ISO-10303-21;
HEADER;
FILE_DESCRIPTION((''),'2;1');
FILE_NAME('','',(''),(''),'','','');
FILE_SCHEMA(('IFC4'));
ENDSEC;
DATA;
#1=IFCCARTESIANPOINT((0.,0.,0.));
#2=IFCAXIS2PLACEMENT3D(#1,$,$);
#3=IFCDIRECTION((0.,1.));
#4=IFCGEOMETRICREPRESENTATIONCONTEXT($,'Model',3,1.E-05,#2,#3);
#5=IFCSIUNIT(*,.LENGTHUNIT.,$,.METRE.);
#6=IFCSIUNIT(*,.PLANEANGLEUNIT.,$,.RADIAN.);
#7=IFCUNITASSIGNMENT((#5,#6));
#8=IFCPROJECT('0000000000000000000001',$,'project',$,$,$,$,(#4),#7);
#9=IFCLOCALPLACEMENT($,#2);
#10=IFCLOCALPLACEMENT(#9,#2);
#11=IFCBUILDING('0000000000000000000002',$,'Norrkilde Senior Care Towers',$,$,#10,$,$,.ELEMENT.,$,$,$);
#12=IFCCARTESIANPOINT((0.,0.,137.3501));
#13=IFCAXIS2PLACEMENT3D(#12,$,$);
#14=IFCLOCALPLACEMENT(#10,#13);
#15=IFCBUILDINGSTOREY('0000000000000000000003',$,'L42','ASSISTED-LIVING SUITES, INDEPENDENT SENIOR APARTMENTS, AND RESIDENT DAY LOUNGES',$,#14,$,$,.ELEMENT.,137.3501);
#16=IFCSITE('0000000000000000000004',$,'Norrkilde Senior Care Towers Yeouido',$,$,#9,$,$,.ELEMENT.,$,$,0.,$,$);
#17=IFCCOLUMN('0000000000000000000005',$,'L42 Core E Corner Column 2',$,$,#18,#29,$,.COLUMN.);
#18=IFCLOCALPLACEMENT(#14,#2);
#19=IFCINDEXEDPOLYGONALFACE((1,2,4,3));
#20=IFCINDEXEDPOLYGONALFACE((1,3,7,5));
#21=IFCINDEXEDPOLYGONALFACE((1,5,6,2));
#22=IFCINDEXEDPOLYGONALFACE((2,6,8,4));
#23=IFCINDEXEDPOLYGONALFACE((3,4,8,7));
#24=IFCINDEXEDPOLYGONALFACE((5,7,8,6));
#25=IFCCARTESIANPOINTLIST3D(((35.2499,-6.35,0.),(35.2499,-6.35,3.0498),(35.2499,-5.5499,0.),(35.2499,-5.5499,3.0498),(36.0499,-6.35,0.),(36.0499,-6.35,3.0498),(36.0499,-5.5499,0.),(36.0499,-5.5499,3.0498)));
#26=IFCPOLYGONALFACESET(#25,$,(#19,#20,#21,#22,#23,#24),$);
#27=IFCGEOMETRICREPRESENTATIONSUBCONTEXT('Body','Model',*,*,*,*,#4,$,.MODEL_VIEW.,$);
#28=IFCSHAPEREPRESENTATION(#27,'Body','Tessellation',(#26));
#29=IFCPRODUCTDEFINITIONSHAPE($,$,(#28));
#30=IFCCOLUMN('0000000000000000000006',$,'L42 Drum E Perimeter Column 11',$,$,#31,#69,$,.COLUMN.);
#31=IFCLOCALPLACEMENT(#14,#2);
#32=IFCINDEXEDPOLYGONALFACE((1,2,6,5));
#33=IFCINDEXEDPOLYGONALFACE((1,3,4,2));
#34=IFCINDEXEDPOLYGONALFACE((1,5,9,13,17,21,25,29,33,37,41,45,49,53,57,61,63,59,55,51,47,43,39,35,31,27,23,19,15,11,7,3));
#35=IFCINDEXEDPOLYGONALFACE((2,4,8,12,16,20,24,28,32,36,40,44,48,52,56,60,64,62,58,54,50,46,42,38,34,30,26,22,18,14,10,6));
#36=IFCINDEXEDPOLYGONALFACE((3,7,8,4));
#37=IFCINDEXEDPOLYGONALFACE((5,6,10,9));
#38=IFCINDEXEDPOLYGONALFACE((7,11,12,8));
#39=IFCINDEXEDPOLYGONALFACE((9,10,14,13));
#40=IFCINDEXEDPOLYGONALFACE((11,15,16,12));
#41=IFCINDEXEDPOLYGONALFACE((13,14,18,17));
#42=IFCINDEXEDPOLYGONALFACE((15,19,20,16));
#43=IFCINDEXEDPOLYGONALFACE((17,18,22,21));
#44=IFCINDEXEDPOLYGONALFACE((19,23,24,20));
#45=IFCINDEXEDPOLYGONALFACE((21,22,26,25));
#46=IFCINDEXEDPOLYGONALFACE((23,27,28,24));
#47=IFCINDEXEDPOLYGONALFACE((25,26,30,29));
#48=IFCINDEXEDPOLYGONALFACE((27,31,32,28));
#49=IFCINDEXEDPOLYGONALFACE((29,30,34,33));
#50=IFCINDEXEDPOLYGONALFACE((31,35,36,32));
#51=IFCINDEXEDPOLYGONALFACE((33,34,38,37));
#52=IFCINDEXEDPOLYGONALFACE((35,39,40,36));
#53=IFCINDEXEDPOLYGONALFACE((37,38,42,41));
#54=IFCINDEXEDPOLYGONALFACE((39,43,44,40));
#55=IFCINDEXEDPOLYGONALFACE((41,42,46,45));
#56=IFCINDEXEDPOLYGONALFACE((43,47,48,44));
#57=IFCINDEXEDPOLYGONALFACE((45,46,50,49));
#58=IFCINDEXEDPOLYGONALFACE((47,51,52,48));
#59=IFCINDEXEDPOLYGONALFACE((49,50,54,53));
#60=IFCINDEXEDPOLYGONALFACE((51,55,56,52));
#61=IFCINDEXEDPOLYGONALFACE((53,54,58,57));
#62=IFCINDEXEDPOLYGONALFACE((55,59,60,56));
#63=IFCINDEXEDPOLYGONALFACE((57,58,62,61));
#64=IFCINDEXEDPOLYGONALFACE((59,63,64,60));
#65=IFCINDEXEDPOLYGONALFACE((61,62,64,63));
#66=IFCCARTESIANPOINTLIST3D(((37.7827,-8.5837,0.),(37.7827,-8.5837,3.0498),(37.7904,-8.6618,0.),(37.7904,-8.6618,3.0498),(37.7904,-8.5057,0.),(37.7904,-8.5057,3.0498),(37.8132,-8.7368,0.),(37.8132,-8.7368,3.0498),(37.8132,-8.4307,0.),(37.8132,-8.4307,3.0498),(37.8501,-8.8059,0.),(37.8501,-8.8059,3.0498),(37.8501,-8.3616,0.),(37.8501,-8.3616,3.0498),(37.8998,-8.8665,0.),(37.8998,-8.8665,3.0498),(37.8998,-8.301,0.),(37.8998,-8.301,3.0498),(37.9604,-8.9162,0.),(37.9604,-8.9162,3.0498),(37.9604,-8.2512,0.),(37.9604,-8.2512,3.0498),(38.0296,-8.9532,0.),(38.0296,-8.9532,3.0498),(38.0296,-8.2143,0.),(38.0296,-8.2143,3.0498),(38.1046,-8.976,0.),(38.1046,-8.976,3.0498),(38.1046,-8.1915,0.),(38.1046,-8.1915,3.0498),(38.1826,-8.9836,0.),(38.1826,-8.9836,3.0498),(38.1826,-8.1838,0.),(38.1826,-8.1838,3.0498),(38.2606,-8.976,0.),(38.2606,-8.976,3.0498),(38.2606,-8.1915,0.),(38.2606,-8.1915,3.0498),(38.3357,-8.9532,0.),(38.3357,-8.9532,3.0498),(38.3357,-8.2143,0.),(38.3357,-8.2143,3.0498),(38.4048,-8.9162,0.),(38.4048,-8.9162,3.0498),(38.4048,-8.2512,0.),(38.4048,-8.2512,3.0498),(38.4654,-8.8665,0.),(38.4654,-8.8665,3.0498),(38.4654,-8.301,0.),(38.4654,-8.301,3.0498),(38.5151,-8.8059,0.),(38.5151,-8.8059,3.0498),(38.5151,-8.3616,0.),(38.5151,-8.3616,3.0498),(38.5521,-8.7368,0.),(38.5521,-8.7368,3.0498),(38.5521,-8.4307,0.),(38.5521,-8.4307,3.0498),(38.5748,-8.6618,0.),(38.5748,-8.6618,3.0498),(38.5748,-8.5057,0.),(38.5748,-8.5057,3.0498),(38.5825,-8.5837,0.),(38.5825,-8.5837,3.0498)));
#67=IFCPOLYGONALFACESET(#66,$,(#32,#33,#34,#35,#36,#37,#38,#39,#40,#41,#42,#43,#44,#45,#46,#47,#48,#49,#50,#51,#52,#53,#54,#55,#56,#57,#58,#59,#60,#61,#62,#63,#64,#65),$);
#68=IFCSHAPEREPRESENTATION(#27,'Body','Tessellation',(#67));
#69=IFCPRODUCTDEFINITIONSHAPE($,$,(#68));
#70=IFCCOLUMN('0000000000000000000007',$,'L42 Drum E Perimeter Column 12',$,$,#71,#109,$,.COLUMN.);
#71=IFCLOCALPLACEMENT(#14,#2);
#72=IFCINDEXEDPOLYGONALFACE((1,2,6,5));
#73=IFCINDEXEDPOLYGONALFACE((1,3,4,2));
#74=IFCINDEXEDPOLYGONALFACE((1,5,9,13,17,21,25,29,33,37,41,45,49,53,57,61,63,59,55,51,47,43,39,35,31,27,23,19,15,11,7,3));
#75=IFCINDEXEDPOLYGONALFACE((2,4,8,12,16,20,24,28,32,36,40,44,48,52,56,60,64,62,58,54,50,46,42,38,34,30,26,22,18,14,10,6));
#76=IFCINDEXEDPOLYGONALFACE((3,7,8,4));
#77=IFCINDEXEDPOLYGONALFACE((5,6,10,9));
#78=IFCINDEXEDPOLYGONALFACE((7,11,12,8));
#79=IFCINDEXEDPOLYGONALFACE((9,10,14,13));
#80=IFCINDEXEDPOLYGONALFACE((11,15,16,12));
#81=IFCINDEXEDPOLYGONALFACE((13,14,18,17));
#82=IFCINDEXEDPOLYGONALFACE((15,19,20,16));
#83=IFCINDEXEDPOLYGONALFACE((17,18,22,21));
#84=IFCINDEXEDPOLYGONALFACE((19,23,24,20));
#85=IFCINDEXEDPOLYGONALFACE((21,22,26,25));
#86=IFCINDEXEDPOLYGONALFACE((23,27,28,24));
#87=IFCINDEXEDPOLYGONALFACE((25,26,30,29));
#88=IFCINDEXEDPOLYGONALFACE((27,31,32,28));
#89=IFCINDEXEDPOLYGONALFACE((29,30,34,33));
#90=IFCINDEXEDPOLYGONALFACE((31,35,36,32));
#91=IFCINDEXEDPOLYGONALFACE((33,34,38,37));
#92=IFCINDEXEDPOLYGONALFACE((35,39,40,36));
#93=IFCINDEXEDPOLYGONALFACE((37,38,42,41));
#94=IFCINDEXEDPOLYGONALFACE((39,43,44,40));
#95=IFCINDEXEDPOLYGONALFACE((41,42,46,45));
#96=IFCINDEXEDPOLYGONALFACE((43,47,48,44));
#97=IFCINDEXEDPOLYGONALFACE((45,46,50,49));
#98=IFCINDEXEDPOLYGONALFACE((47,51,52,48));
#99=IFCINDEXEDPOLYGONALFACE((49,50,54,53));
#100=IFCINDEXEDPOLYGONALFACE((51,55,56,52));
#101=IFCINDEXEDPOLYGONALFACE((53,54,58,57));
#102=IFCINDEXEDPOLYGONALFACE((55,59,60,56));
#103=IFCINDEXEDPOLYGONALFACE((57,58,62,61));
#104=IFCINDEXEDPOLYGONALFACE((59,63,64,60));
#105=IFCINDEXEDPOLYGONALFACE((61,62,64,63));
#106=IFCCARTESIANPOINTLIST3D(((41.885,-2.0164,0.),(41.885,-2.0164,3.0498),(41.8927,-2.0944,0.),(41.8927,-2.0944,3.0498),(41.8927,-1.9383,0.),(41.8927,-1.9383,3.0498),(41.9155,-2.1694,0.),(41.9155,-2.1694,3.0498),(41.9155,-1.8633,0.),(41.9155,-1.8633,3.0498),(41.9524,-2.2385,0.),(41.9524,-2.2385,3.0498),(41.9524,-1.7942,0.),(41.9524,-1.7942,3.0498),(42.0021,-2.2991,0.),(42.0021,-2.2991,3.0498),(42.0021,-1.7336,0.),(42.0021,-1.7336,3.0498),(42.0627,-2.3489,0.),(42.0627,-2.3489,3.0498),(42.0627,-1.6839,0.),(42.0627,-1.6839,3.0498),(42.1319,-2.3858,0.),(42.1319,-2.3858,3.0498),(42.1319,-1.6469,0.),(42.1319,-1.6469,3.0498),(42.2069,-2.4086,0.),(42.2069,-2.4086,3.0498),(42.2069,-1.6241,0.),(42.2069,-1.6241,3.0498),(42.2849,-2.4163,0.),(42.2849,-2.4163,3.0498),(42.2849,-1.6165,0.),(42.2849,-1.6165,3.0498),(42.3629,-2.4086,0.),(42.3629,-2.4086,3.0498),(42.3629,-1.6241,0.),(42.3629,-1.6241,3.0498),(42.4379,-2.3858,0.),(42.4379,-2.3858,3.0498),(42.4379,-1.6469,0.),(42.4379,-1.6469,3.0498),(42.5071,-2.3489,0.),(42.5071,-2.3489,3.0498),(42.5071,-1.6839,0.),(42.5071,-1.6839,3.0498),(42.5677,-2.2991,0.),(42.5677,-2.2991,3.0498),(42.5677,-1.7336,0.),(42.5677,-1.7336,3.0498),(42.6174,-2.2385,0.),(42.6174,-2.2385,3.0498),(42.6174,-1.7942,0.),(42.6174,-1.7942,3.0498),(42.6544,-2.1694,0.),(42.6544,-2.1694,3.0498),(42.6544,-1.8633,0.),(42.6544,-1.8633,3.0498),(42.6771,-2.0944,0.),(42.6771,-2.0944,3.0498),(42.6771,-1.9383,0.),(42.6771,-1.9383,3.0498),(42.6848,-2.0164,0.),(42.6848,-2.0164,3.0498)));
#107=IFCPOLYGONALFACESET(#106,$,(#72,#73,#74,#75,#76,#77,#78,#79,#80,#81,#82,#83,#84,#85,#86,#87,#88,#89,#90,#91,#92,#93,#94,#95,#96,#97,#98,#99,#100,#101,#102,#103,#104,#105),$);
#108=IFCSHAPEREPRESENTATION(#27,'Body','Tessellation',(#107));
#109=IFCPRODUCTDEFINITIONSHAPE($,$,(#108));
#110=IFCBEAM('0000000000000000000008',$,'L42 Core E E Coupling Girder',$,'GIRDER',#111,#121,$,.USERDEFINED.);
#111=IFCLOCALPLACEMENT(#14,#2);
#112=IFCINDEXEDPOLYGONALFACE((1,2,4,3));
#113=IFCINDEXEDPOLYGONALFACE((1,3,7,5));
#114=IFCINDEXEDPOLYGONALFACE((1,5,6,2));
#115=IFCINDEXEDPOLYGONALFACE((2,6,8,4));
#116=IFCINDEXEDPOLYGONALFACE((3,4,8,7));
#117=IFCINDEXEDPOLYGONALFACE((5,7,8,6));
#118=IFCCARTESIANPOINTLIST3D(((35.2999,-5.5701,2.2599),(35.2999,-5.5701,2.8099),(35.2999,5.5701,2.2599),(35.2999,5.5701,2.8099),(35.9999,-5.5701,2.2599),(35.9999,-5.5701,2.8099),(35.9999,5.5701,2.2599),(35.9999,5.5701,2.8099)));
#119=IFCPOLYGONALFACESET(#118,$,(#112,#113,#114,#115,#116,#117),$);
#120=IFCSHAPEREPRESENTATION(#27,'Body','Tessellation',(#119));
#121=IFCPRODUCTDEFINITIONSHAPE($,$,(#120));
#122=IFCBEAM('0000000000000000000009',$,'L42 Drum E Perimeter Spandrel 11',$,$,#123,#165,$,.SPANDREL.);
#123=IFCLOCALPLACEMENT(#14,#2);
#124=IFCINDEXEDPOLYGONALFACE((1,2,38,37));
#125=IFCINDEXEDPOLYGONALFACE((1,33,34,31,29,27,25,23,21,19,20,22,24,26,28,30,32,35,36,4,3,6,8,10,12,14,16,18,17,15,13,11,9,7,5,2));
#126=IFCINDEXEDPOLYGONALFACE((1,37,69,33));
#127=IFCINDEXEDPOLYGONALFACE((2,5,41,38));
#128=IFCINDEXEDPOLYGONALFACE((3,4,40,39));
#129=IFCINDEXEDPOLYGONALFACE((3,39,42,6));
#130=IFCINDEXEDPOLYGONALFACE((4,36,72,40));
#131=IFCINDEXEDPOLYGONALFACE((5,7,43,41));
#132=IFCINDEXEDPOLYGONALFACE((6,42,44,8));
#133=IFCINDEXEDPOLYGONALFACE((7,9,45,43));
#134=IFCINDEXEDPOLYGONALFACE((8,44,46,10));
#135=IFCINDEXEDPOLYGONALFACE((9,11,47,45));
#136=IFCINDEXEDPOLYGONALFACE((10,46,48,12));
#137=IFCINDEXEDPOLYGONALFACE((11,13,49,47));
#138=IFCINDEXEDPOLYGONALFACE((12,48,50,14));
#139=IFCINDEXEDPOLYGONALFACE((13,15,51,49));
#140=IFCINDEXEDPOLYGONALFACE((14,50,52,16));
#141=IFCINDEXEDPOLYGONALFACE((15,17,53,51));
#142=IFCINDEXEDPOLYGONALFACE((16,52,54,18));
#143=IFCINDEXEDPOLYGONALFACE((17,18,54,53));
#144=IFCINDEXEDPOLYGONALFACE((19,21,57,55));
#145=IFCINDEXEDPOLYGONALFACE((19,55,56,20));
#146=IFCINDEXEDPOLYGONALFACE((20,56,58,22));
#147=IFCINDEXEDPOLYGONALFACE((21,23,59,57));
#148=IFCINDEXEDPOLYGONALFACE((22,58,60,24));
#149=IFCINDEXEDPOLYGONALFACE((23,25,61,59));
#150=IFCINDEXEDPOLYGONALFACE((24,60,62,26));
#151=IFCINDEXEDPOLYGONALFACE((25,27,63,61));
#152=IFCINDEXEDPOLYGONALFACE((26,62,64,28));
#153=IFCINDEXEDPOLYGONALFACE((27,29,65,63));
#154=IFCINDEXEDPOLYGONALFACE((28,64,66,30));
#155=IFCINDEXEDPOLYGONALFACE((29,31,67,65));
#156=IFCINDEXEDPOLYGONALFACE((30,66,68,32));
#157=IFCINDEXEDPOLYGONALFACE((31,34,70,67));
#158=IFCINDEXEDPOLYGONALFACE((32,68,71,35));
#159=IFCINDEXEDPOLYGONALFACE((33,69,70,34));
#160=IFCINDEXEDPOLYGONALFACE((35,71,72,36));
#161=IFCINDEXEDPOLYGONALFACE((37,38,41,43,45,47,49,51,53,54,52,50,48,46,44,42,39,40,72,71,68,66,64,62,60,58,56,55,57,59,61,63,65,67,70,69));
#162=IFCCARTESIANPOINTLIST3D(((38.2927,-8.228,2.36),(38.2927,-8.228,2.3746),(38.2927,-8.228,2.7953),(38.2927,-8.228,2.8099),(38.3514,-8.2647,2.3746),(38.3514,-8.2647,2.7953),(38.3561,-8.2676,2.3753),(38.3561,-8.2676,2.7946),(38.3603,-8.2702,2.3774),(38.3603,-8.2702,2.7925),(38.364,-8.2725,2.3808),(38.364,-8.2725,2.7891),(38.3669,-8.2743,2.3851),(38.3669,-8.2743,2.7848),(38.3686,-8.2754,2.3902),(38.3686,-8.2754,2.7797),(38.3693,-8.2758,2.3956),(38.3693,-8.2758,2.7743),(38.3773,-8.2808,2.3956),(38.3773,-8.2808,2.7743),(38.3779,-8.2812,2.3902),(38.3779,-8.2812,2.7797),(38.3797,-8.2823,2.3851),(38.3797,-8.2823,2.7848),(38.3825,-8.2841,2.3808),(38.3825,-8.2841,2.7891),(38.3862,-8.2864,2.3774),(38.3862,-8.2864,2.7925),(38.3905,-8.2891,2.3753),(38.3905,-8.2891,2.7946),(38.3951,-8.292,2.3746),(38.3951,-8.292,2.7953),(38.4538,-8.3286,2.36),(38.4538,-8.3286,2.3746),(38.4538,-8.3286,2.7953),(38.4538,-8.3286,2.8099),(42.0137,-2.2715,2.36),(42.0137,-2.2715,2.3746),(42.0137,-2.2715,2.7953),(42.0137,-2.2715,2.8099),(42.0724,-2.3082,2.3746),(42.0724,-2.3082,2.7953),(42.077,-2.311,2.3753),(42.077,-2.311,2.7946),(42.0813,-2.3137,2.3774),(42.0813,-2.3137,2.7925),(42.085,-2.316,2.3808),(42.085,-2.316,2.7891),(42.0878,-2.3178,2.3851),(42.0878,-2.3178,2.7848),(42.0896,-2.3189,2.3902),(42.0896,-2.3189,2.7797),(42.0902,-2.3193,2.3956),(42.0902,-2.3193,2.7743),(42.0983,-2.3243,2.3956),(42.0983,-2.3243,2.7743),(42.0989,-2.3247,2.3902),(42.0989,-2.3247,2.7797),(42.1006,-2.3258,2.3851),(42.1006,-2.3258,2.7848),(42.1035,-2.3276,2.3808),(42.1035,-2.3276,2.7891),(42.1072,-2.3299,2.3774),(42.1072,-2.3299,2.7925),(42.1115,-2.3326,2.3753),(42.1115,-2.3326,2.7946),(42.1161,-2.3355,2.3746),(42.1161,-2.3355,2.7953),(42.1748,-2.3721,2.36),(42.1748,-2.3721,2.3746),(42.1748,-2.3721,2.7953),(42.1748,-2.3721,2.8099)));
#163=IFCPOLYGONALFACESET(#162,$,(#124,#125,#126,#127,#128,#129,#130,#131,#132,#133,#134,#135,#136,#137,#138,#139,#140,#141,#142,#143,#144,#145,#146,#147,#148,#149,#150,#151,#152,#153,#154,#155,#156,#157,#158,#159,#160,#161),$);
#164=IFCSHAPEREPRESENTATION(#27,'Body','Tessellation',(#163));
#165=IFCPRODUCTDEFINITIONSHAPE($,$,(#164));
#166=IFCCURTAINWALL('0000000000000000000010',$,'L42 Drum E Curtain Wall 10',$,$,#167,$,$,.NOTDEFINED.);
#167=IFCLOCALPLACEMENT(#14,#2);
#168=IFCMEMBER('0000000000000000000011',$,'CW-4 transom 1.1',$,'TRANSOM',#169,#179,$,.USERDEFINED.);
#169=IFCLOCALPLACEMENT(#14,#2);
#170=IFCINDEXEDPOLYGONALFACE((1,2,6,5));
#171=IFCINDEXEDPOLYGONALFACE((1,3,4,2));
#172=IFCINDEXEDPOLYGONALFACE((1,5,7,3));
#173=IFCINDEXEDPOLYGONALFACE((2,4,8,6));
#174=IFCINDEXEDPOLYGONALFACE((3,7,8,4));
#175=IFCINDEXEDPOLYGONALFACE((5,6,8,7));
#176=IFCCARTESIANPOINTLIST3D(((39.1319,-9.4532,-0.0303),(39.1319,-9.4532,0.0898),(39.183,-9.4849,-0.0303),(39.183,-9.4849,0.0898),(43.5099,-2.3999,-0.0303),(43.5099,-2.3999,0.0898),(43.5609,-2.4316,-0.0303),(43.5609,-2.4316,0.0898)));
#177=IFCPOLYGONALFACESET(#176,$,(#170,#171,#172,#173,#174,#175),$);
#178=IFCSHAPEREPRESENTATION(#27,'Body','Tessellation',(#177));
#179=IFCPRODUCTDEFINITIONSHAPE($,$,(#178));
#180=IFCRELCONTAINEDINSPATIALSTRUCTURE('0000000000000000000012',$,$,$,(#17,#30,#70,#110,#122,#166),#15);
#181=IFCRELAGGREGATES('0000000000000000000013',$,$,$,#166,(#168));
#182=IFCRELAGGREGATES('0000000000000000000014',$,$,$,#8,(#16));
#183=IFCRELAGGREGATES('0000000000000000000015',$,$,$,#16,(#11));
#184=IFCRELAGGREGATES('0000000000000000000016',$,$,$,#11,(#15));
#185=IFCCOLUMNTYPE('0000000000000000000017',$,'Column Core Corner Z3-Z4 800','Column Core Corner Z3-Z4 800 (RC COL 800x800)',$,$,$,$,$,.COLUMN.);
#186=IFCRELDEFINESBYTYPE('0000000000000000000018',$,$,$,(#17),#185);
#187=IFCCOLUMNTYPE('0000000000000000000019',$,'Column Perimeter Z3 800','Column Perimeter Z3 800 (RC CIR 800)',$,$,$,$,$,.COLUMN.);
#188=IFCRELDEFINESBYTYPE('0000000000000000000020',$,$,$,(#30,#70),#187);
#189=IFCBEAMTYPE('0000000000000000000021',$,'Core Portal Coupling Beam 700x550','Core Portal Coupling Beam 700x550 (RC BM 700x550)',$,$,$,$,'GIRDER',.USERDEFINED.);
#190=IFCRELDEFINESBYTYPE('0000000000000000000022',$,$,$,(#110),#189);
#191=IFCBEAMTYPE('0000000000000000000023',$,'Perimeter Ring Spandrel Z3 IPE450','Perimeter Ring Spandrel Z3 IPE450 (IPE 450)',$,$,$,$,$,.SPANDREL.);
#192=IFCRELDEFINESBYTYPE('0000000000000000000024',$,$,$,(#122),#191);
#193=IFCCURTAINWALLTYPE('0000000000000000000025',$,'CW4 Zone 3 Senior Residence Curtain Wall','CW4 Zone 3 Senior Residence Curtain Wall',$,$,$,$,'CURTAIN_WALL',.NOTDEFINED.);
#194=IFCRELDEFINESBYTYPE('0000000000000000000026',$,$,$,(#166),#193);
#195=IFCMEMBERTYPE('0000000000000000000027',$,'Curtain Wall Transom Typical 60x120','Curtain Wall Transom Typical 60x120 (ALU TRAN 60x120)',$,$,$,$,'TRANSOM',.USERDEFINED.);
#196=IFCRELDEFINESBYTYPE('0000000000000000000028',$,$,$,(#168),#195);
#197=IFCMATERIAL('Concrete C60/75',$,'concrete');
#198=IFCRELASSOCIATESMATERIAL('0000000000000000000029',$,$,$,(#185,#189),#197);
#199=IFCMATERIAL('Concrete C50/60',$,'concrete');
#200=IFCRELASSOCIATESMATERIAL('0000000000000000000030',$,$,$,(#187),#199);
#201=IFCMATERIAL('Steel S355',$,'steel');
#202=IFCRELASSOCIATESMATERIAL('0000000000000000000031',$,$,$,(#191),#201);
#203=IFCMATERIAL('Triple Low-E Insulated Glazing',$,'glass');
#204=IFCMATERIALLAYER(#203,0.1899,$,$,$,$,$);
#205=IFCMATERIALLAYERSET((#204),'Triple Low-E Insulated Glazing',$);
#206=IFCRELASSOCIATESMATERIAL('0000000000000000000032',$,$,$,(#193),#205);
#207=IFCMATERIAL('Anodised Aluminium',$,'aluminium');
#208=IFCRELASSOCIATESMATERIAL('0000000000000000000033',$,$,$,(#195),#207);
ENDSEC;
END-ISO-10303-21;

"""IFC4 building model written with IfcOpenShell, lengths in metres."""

from ifc_helpers import new_model, si_unit, direction, frame, origin, origin_2d, place, context, subcontext, project, spatial, rectangle, circle, i_section, extrude, source, transform, mapped, material, layer, layer_set, material_profile, profile_set, type_object, type_shapes, element, aggregate, save


model = new_model("IFC4")

# Units and contexts
model_context = context("Model", 3, precision=1e-05, world=origin(), true_north=direction((0.0, 1.0)))
body_context = subcontext(model_context, "Body", "Model", "MODEL_VIEW")
ifc_project = project(units=[si_unit("LENGTHUNIT", "METRE"), si_unit("PLANEANGLEUNIT", "RADIAN")], contexts=[model_context])

# Site, building, storey
site_placement = place(None, origin())
site = spatial("IfcSite", under=ifc_project, at=site_placement, Name="Norrkilde Senior Care Towers Yeouido", CompositionType="ELEMENT", RefElevation=0.0)
building_placement = place(site_placement, origin())
building = spatial("IfcBuilding", under=site, at=building_placement, Name="Norrkilde Senior Care Towers", CompositionType="ELEMENT")
storey_placement = place(building_placement, frame((0.0, 0.0, 137.3501)))
storey = spatial("IfcBuildingStorey", under=building, at=storey_placement, Name="L42", Description="ASSISTED-LIVING SUITES, INDEPENDENT SENIOR APARTMENTS, AND RESIDENT DAY LOUNGES", CompositionType="ELEMENT", Elevation=137.3501)

# Columns
ifc_material_1 = material(Name="Concrete C60/75", Category="concrete")
ifc_material_profile_1 = material_profile(ifc_material_1, rectangle(XDim=0.8, YDim=0.8, at=origin_2d()), Name="RC COL 800x800")
ifc_profile_set_1 = profile_set([ifc_material_profile_1], Name="Concrete C60/75")
column_type_1 = type_object("IfcColumnType", Name="Column Core Corner Z3-Z4 800", Description="Column Core Corner Z3-Z4 800 (RC COL 800x800)", PredefinedType="COLUMN", material=ifc_profile_set_1)
shared_shape_1 = source(origin(), body_context, "Body", "SweptSolid", [
    extrude(rectangle(XDim=0.8, YDim=0.8, at=origin_2d()), origin(), (0.0, 0.0, 1.0), 3.0498),
])
type_shapes(column_type_1, [shared_shape_1])
column_placement = place(storey_placement, frame((35.6499, -5.95, 0.0), z_axis=(0.0, 0.0, 1.0), x_axis=(1.0, 0.0, 0.0)))
element("IfcColumn", 1, at=column_placement, inside=storey, type_object=column_type_1, Name="L42 Core E Corner Column 2", PredefinedType="COLUMN", context=body_context, shape_type="MappedRepresentation", body=[
    mapped(shared_shape_1, transform((0.0, 0.0, 0.0), x_axis=(1.0, 0.0, 0.0), y_axis=(0.0, 1.0, 0.0), z_axis=(0.0, 0.0, 1.0), scale=1.0)),
])
ifc_material_2 = material(Name="Concrete C50/60", Category="concrete")
ifc_material_profile_2 = material_profile(ifc_material_2, circle(Radius=0.3999, at=origin_2d()), Name="RC CIR 800")
ifc_profile_set_2 = profile_set([ifc_material_profile_2], Name="Concrete C50/60")
column_type_2 = type_object("IfcColumnType", Name="Column Perimeter Z3 800", Description="Column Perimeter Z3 800 (RC CIR 800)", PredefinedType="COLUMN", material=ifc_profile_set_2)
shared_shape_2 = source(origin(), body_context, "Body", "SweptSolid", [
    extrude(circle(Radius=0.3999, at=origin_2d()), origin(), (0.0, 0.0, 1.0), 3.0498),
])
type_shapes(column_type_2, [shared_shape_2])
for number, where, z_axis, x_axis, name in (
    (2, (38.1826, -8.5837, 0.0), (0.0, 0.0, 1.0), (1.0, 0.0, 0.0), "L42 Drum E Perimeter Column 11"),
    (3, (42.2849, -2.0164, 0.0), (0.0, 0.0, 1.0), (1.0, 0.0, 0.0), "L42 Drum E Perimeter Column 12"),
):
    element("IfcColumn", number, at=place(storey_placement, frame(where, z_axis=z_axis, x_axis=x_axis)), inside=storey, type_object=column_type_2, Name=name, PredefinedType="COLUMN", context=body_context, shape_type="MappedRepresentation", body=[
        mapped(shared_shape_2, transform((0.0, 0.0, 0.0), x_axis=(1.0, 0.0, 0.0), y_axis=(0.0, 1.0, 0.0), z_axis=(0.0, 0.0, 1.0), scale=1.0)),
    ])

# Beams
ifc_material_profile_3 = material_profile(ifc_material_1, rectangle(XDim=0.7, YDim=0.55, at=origin_2d()), Name="RC BM 700x550")
ifc_profile_set_3 = profile_set([ifc_material_profile_3], Name="Concrete C60/75")
beam_type_1 = type_object("IfcBeamType", Name="Core Portal Coupling Beam 700x550", Description="Core Portal Coupling Beam 700x550 (RC BM 700x550)", ElementType="GIRDER", PredefinedType="USERDEFINED", material=ifc_profile_set_3)
shared_shape_3 = source(origin(), body_context, "Body", "SweptSolid", [
    extrude(rectangle(XDim=0.7, YDim=0.55, at=origin_2d()), origin(), (0.0, 0.0, 1.0), 11.1401),
])
type_shapes(beam_type_1, [shared_shape_3])
beam_1_placement = place(storey_placement, frame((35.6499, -5.5701, 2.5349), z_axis=(0.0, 1.0, 0.0), x_axis=(-1.0, 0.0, 0.0)))
element("IfcBeam", 4, at=beam_1_placement, inside=storey, type_object=beam_type_1, Name="L42 Core E E Coupling Girder", ObjectType="GIRDER", PredefinedType="USERDEFINED", context=body_context, shape_type="MappedRepresentation", body=[
    mapped(shared_shape_3, transform((0.0, 0.0, 0.0), x_axis=(1.0, 0.0, 0.0), y_axis=(0.0, 1.0, 0.0), z_axis=(0.0, 0.0, 1.0), scale=1.0)),
])
ifc_material_3 = material(Name="Steel S355", Category="steel")
ifc_material_profile_4 = material_profile(ifc_material_3, i_section(OverallWidth=0.1899, OverallDepth=0.45, WebThickness=0.0095, FlangeThickness=0.0146, FilletRadius=0.021, at=origin_2d()), Name="IPE 450")
ifc_profile_set_4 = profile_set([ifc_material_profile_4], Name="Steel S355")
beam_type_2 = type_object("IfcBeamType", Name="Perimeter Ring Spandrel Z3 IPE450", Description="Perimeter Ring Spandrel Z3 IPE450 (IPE 450)", PredefinedType="SPANDREL", material=ifc_profile_set_4)
shared_shape_4 = source(origin(), body_context, "Body", "SweptSolid", [
    extrude(i_section(OverallWidth=0.1899, OverallDepth=0.45, WebThickness=0.0095, FlangeThickness=0.0146, FilletRadius=0.021, at=origin_2d()), origin(), (0.0, 0.0, 1.0), 7.0232),
])
type_shapes(beam_type_2, [shared_shape_4])
beam_2_placement = place(storey_placement, frame((38.3733, -8.2783, 2.585), z_axis=(0.529805, 0.848119, 0.0), x_axis=(-0.848119, 0.529805, 0.0)))
element("IfcBeam", 5, at=beam_2_placement, inside=storey, type_object=beam_type_2, Name="L42 Drum E Perimeter Spandrel 11", PredefinedType="SPANDREL", context=body_context, shape_type="MappedRepresentation", body=[
    mapped(shared_shape_4, transform((0.0, 0.0, 0.0), x_axis=(1.0, 0.0, 0.0), y_axis=(0.0, 1.0, 0.0), z_axis=(0.0, 0.0, 1.0), scale=1.0)),
])

# Curtain wall, member
ifc_material_4 = material(Name="Triple Low-E Insulated Glazing", Category="glass")
ifc_layer_1 = layer(ifc_material_4, 0.1899)
ifc_layer_set_1 = layer_set([ifc_layer_1], Name="Triple Low-E Insulated Glazing")
curtain_wall_type = type_object("IfcCurtainWallType", Name="CW4 Zone 3 Senior Residence Curtain Wall", Description="CW4 Zone 3 Senior Residence Curtain Wall", ElementType="CURTAIN_WALL", PredefinedType="NOTDEFINED", material=ifc_layer_set_1)
curtain_wall_1_placement = place(storey_placement, origin())
curtain_wall_1 = element("IfcCurtainWall", 6, at=curtain_wall_1_placement, inside=storey, type_object=curtain_wall_type, Name="L42 Drum E Curtain Wall 10", PredefinedType="NOTDEFINED")
ifc_material_5 = material(Name="Anodised Aluminium", Category="aluminium")
ifc_material_profile_5 = material_profile(ifc_material_5, rectangle(XDim=0.0601, YDim=0.1201, at=origin_2d()), Name="ALU TRAN 60x120")
ifc_profile_set_5 = profile_set([ifc_material_profile_5], Name="Anodised Aluminium")
member_type_1 = type_object("IfcMemberType", Name="Curtain Wall Transom Typical 60x120", Description="Curtain Wall Transom Typical 60x120 (ALU TRAN 60x120)", ElementType="TRANSOM", PredefinedType="USERDEFINED", material=ifc_profile_set_5)
shared_shape_5 = source(origin(), body_context, "Body", "SweptSolid", [
    extrude(rectangle(XDim=0.0601, YDim=0.1201, at=origin_2d()), origin(), (0.0, 0.0, 1.0), 8.3015),
])
member_1_placement = place(storey_placement, frame((43.5354, -2.4158, 0.0298), z_axis=(-0.527369, -0.849637, 0.0), x_axis=(0.849637, -0.527369, 0.0)))
member_1 = element("IfcMember", 7, at=member_1_placement, type_object=member_type_1, Name="CW-4 transom 1.1", ObjectType="TRANSOM", PredefinedType="USERDEFINED", context=body_context, shape_type="MappedRepresentation", body=[
    mapped(shared_shape_5, transform((0.0, 0.0, 0.0), x_axis=(1.0, 0.0, 0.0), y_axis=(0.0, 1.0, 0.0), z_axis=(0.0, 0.0, 1.0), scale=1.0)),
])

aggregate(curtain_wall_1, [member_1])

save(model, "model.ifc")
